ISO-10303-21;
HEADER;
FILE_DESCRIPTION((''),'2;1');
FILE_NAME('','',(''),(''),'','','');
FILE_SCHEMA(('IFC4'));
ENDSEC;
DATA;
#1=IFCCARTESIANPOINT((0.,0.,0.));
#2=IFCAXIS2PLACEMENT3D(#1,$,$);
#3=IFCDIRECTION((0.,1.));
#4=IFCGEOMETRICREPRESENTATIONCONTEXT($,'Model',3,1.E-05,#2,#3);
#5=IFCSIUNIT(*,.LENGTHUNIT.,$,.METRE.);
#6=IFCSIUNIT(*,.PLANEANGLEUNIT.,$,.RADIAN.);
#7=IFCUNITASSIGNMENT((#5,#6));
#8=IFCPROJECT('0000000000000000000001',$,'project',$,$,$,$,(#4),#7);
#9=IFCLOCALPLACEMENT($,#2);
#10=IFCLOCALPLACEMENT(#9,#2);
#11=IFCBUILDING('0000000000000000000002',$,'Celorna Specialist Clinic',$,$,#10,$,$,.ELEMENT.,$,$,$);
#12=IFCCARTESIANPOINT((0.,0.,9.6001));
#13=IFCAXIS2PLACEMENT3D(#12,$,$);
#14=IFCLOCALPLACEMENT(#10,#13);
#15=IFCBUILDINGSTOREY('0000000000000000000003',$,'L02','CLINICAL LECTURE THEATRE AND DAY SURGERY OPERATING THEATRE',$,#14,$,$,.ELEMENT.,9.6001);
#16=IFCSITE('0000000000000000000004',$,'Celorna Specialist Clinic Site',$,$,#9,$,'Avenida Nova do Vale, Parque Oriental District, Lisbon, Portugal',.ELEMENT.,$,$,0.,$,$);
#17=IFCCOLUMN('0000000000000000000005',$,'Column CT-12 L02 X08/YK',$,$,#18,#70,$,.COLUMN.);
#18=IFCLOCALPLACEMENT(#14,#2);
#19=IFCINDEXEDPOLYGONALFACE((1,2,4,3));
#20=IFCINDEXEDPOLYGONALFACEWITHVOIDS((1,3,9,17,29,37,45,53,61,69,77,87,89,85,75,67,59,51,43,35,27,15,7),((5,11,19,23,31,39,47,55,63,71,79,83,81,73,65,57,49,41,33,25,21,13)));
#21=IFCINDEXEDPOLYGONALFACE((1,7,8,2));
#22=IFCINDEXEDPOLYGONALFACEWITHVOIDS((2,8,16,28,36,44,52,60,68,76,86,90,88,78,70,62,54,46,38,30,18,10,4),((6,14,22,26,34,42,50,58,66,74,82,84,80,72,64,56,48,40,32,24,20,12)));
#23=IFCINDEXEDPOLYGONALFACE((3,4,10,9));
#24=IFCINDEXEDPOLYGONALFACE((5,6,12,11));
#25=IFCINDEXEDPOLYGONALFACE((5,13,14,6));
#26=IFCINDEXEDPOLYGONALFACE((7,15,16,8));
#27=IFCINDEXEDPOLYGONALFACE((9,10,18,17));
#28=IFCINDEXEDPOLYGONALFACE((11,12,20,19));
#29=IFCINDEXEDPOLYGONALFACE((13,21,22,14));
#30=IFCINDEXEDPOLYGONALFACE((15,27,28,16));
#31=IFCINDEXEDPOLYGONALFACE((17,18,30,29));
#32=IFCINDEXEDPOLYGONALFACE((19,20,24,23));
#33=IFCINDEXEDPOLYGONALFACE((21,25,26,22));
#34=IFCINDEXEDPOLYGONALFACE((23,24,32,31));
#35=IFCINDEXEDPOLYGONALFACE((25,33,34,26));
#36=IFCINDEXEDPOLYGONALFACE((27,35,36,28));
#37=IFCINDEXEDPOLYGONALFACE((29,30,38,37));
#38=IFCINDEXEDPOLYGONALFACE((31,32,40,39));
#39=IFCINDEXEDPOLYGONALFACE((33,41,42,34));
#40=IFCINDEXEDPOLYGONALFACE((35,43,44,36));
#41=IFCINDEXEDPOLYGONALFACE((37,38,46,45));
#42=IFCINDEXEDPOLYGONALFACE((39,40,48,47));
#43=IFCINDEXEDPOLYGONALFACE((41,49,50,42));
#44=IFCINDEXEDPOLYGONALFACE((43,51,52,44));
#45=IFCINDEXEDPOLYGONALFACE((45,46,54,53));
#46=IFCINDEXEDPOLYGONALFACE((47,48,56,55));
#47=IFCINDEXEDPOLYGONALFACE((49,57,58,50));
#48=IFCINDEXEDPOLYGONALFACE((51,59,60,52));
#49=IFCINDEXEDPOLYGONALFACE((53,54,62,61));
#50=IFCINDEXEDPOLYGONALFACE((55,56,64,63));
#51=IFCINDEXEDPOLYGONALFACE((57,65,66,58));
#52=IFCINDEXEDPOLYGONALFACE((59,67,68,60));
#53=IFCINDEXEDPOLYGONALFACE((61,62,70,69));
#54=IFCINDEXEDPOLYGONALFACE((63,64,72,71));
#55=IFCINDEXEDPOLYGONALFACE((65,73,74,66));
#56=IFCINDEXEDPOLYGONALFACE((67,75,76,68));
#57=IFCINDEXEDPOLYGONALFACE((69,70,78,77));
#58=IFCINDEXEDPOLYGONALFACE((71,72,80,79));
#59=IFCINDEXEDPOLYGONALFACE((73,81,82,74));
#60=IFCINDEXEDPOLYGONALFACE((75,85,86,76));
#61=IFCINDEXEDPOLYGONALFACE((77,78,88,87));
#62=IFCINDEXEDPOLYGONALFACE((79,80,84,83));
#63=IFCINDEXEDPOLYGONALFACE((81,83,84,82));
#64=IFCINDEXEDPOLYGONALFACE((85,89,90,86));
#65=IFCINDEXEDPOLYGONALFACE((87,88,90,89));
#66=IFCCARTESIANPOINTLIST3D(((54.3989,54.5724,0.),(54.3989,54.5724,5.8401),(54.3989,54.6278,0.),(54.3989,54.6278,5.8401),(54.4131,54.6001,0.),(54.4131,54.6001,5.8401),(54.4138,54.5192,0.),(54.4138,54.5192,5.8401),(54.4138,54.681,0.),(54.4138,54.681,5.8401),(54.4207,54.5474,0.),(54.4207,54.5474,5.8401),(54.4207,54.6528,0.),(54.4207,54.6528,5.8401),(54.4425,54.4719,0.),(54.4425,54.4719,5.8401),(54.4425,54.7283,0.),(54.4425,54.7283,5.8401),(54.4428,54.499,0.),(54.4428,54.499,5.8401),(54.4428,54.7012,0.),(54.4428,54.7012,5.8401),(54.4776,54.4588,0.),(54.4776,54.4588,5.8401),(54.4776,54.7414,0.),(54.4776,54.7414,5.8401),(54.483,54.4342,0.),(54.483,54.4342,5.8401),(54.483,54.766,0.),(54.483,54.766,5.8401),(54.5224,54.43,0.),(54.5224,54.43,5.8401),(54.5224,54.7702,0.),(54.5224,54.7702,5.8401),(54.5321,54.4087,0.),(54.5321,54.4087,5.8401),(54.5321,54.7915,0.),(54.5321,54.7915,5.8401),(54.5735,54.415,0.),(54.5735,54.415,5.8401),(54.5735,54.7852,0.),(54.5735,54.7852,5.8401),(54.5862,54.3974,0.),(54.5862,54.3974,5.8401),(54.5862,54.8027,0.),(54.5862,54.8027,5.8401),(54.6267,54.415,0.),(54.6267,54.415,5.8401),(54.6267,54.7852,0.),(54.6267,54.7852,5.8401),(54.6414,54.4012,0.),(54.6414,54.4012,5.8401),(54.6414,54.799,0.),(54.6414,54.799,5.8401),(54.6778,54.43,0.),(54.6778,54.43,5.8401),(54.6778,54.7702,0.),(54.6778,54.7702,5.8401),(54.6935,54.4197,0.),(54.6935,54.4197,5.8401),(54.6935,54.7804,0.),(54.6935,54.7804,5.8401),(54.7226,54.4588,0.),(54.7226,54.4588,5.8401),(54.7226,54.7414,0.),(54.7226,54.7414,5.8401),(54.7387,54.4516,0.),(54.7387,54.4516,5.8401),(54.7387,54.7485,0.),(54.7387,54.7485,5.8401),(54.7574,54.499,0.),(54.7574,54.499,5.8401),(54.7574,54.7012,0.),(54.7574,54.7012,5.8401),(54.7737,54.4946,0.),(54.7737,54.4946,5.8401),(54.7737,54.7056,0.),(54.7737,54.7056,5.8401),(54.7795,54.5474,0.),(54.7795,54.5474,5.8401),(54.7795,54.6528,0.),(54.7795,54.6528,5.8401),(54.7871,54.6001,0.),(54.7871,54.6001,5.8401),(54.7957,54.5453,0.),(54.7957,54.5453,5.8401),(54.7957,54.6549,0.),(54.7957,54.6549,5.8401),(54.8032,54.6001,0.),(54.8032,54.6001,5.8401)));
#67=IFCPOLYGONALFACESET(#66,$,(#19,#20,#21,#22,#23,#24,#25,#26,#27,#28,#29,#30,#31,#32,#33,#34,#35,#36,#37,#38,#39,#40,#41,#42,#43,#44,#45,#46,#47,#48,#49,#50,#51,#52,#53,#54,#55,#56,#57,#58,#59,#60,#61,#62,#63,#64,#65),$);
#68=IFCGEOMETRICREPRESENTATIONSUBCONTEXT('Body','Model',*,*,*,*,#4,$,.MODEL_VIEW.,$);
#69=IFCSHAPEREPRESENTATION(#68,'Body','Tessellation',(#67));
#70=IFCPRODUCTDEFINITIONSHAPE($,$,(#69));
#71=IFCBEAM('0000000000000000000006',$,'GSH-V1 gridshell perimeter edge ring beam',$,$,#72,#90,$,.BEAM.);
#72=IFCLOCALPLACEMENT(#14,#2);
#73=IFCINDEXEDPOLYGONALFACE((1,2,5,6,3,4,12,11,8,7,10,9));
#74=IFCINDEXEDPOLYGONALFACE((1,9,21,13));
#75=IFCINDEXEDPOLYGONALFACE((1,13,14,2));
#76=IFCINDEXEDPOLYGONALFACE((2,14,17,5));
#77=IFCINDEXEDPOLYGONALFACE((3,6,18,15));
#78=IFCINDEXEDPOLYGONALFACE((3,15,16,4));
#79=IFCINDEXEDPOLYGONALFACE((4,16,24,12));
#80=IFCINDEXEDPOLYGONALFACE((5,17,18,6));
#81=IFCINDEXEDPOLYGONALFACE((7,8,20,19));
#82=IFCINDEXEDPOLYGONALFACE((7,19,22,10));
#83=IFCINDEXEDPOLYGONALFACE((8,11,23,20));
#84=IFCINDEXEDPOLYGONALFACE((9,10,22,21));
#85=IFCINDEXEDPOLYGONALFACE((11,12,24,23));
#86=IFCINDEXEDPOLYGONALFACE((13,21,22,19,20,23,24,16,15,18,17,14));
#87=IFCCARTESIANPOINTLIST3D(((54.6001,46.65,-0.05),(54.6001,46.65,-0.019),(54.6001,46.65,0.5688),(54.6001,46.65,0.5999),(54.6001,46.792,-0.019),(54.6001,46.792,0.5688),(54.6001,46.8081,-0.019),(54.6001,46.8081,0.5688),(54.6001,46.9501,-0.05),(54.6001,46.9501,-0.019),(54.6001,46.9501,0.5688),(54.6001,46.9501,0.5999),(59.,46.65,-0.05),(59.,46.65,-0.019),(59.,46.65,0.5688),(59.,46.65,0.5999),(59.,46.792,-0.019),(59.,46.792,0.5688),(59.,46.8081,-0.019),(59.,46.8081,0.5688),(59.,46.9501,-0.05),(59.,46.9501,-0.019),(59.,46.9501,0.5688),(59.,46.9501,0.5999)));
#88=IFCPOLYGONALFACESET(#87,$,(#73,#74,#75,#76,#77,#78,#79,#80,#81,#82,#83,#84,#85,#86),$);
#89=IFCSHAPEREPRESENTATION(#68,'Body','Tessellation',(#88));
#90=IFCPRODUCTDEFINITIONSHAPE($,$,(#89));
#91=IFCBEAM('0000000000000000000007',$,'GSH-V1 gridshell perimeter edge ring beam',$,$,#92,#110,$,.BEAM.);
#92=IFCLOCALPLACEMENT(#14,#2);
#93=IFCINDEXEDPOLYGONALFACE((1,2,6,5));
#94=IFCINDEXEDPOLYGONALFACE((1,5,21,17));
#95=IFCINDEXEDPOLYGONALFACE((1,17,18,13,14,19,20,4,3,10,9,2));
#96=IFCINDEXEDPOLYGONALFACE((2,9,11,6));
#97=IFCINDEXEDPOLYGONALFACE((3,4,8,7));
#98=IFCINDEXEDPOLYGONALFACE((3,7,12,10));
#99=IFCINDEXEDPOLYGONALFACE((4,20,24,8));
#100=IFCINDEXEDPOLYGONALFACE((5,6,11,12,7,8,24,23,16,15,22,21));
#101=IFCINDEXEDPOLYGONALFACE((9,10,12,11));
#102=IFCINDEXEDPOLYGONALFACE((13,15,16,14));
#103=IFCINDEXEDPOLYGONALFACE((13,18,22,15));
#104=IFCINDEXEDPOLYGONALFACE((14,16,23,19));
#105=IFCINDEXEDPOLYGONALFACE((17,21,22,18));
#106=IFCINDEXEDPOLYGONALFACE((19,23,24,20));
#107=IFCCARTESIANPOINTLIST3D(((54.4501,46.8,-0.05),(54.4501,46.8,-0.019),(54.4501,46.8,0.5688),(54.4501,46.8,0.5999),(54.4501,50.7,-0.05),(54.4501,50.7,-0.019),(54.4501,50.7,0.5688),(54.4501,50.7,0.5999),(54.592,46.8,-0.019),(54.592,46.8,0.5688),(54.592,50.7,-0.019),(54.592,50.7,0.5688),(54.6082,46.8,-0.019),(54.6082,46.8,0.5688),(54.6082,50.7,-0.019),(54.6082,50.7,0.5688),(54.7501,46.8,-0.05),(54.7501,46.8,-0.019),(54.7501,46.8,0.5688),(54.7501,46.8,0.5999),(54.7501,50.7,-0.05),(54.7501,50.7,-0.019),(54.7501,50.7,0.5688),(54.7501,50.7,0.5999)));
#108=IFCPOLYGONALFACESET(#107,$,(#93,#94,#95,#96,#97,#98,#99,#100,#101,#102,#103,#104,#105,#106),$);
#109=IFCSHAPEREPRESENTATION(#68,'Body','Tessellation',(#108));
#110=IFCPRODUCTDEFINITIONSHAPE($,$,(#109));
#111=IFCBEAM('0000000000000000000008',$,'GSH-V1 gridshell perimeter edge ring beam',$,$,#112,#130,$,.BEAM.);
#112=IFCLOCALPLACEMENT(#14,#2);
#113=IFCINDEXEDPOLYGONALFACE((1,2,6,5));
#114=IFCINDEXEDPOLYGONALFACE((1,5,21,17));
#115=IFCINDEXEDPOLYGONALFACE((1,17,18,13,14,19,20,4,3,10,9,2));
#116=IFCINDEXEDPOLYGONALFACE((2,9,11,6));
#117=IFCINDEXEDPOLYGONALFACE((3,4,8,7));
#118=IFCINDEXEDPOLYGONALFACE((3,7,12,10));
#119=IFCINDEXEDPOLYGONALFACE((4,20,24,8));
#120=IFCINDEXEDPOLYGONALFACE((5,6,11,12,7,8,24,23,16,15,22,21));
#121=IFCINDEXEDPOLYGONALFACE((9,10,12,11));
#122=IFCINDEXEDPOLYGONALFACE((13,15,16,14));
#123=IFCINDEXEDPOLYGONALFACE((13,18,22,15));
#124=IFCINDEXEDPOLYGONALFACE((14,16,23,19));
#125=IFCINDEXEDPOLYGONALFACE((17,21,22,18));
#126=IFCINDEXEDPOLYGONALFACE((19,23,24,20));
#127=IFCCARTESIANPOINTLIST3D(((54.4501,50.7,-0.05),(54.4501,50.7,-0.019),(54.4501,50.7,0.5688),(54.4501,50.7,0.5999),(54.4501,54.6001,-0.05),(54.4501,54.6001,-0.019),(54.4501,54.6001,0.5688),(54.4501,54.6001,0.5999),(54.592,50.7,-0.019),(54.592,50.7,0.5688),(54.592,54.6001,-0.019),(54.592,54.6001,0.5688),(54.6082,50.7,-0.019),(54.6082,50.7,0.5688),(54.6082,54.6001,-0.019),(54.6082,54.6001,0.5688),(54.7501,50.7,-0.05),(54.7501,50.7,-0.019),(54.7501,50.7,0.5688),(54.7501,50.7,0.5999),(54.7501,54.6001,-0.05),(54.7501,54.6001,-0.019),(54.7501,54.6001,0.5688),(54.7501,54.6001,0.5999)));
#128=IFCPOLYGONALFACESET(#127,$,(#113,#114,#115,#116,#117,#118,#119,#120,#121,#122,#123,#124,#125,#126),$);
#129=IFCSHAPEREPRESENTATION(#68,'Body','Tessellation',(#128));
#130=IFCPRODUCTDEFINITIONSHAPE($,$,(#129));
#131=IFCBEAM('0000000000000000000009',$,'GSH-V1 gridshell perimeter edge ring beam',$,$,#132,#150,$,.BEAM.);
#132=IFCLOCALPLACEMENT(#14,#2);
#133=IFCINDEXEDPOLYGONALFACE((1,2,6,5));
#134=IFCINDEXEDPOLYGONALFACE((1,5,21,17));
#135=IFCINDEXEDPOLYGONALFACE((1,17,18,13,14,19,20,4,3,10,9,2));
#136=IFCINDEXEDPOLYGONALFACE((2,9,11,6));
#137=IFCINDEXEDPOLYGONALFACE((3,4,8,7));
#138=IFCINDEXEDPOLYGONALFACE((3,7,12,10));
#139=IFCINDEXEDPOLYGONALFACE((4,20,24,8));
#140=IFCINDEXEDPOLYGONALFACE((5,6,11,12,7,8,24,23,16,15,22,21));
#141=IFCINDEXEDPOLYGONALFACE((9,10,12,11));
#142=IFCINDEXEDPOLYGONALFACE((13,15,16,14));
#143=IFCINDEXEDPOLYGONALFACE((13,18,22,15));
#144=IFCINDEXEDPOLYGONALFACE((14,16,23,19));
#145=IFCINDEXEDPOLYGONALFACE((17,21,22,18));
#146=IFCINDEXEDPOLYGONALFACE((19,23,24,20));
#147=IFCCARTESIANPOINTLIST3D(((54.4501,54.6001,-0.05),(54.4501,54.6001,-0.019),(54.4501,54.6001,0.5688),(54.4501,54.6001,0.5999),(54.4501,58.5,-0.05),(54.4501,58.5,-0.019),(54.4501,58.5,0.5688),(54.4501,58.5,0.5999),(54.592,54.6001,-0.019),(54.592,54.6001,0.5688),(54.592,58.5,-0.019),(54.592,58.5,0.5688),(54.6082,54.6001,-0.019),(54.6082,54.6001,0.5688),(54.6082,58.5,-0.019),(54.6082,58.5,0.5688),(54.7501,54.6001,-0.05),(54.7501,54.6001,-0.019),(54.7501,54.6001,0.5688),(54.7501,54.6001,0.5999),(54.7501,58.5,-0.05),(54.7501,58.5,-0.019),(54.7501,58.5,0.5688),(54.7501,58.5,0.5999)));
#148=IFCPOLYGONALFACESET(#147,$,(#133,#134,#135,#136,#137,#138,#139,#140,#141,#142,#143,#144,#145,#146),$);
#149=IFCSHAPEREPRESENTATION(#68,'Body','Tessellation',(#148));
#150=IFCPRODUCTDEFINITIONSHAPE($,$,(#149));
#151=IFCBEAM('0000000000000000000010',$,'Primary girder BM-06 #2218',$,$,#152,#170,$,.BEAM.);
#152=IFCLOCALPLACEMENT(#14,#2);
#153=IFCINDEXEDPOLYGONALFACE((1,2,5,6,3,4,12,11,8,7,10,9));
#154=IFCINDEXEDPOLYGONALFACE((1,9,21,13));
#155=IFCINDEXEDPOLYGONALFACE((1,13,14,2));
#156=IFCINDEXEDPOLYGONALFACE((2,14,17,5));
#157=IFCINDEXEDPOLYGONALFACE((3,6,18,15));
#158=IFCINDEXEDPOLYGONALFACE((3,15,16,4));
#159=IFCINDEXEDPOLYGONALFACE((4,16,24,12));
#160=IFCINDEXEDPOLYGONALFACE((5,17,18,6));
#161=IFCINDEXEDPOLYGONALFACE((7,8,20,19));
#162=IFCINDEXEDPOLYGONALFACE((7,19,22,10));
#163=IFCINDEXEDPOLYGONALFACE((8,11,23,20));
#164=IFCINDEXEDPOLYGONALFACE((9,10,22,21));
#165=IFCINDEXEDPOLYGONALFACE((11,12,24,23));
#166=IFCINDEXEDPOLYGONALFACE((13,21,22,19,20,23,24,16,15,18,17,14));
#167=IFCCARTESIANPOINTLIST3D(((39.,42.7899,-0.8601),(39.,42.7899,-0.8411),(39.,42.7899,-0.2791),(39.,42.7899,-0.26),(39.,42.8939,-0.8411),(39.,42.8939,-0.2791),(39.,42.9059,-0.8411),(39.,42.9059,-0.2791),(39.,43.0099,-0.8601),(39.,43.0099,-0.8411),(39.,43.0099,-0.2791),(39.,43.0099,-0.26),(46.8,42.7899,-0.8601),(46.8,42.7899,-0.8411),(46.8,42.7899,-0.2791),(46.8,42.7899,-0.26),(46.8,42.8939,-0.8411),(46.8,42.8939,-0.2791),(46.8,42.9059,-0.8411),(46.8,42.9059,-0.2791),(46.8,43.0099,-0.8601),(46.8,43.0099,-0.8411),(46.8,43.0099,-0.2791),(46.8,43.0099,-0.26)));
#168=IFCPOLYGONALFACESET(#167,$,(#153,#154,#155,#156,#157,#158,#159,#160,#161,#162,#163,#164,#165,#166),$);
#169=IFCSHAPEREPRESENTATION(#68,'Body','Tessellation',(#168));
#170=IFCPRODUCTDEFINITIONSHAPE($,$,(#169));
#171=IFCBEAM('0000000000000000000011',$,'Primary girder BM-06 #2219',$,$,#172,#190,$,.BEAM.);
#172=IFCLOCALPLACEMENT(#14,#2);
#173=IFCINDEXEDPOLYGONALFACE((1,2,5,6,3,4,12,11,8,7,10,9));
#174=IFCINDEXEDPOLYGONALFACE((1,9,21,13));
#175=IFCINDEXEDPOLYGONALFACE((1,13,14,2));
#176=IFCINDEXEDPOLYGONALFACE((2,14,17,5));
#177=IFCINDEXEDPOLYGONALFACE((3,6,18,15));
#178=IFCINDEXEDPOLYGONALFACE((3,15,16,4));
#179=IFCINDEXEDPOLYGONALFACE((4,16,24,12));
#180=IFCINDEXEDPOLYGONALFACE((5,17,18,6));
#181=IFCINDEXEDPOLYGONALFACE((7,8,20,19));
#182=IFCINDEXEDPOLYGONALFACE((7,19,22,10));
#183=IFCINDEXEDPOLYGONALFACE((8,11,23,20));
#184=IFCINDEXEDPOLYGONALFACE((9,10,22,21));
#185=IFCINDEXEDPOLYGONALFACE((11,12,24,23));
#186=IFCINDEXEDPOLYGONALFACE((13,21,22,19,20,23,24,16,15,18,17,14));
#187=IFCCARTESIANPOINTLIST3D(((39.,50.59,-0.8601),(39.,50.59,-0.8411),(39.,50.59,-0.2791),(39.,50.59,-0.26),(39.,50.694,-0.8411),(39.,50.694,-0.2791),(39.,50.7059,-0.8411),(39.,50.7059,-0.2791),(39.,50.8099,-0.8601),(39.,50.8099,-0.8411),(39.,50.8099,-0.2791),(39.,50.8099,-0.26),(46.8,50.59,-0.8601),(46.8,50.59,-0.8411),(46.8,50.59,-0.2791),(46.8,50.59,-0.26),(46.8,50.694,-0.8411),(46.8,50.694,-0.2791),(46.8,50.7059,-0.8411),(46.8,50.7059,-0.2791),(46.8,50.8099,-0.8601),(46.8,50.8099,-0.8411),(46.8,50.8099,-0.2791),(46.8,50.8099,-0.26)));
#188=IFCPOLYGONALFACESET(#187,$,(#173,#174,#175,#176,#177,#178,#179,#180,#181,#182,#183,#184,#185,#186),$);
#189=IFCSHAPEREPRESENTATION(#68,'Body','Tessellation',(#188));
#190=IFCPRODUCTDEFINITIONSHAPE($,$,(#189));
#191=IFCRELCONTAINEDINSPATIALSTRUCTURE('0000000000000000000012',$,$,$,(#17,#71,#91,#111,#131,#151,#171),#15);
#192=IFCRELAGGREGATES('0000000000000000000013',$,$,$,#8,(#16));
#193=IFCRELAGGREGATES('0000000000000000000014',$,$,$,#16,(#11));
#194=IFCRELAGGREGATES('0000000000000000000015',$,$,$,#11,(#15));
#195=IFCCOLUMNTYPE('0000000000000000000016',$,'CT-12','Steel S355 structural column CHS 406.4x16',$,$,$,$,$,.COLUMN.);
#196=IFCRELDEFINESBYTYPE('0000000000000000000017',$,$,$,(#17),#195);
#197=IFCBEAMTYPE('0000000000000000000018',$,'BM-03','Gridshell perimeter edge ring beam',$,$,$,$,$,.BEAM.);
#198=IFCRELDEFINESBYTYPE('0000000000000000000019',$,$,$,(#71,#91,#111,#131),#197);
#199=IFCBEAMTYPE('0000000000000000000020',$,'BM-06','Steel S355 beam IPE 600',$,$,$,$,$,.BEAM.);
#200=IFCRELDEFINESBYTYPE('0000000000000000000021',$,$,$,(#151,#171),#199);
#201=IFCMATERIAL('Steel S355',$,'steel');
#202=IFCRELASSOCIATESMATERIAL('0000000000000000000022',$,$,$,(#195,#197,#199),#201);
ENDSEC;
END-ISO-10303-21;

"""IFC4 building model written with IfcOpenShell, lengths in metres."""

from ifc_helpers import new_model, si_unit, direction, frame, origin, origin_2d, place, context, subcontext, project, spatial, hollow_circle, i_section, extrude, material, material_profile, profile_set, type_object, element, save


model = new_model("IFC4")

# Units and contexts
model_context = context("Model", 3, precision=1e-05, world=origin(), true_north=direction((0.0, 1.0)))
body_context = subcontext(model_context, "Body", "Model", "MODEL_VIEW")
ifc_project = project(units=[si_unit("LENGTHUNIT", "METRE"), si_unit("PLANEANGLEUNIT", "RADIAN")], contexts=[model_context])

# Site, building, storey
site_placement = place(None, origin())
site = spatial("IfcSite", under=ifc_project, at=site_placement, Name="Celorna Specialist Clinic Site", LongName="Avenida Nova do Vale, Parque Oriental District, Lisbon, Portugal", CompositionType="ELEMENT", RefElevation=0.0)
building_placement = place(site_placement, origin())
building = spatial("IfcBuilding", under=site, at=building_placement, Name="Celorna Specialist Clinic", CompositionType="ELEMENT")
storey_placement = place(building_placement, frame((0.0, 0.0, 9.6001)))
storey = spatial("IfcBuildingStorey", under=building, at=storey_placement, Name="L02", Description="CLINICAL LECTURE THEATRE AND DAY SURGERY OPERATING THEATRE", CompositionType="ELEMENT", Elevation=9.6001)

# Column
ifc_material_1 = material(Name="Steel S355", Category="steel")
ifc_material_profile_1 = material_profile(ifc_material_1, hollow_circle(Radius=0.2031, WallThickness=0.0161, at=origin_2d()), Name="CHS 406.4x16")
ifc_profile_set_1 = profile_set([ifc_material_profile_1], Name="Steel S355")
column_type_1 = type_object("IfcColumnType", Name="CT-12", Description="Steel S355 structural column CHS 406.4x16", PredefinedType="COLUMN", material=ifc_profile_set_1)
column_1_placement = place(storey_placement, frame((54.6001, 54.6001, 0.0), z_axis=(0.0, 0.0, 1.0), x_axis=(1.0, 0.0, 0.0)))
element("IfcColumn", 1, at=column_1_placement, inside=storey, type_object=column_type_1, Name="Column CT-12 L02 X08/YK", PredefinedType="COLUMN", context=body_context, shape_type="SweptSolid", body=[
    extrude(hollow_circle(Radius=0.2031, WallThickness=0.0161, at=origin_2d()), origin(), (0.0, 0.0, 1.0), 5.8401),
])

# Beams
ifc_material_profile_2 = material_profile(ifc_material_1, i_section(OverallWidth=0.3, OverallDepth=0.6499, WebThickness=0.0161, FlangeThickness=0.031, at=origin_2d()), Name="HE 650 B")
ifc_profile_set_2 = profile_set([ifc_material_profile_2], Name="Steel S355")
beam_type_1 = type_object("IfcBeamType", Name="BM-03", Description="Gridshell perimeter edge ring beam", PredefinedType="BEAM", material=ifc_profile_set_2)
beam_1_placement = place(storey_placement, frame((54.6001, 46.8, 0.2749), z_axis=(1.0, 0.0, 0.0), x_axis=(0.0, 1.0, 0.0)))
element("IfcBeam", 2, at=beam_1_placement, inside=storey, type_object=beam_type_1, Name="GSH-V1 gridshell perimeter edge ring beam", PredefinedType="BEAM", context=body_context, shape_type="SweptSolid", body=[
    extrude(i_section(OverallWidth=0.3, OverallDepth=0.6499, WebThickness=0.0161, FlangeThickness=0.031, at=origin_2d()), origin(), (0.0, 0.0, 1.0), 4.3999),
])
beam_2_placement = place(storey_placement, frame((54.6001, 46.8, 0.2749), z_axis=(0.0, 1.0, 0.0), x_axis=(-1.0, 0.0, 0.0)))
element("IfcBeam", 3, at=beam_2_placement, inside=storey, type_object=beam_type_1, Name="GSH-V1 gridshell perimeter edge ring beam", PredefinedType="BEAM", context=body_context, shape_type="SweptSolid", body=[
    extrude(i_section(OverallWidth=0.3, OverallDepth=0.6499, WebThickness=0.0161, FlangeThickness=0.031, at=origin_2d()), origin(), (0.0, 0.0, 1.0), 3.8999),
])
beam_3_placement = place(storey_placement, frame((54.6001, 50.7, 0.2749), z_axis=(0.0, 1.0, 0.0), x_axis=(-1.0, 0.0, 0.0)))
element("IfcBeam", 4, at=beam_3_placement, inside=storey, type_object=beam_type_1, Name="GSH-V1 gridshell perimeter edge ring beam", PredefinedType="BEAM", context=body_context, shape_type="SweptSolid", body=[
    extrude(i_section(OverallWidth=0.3, OverallDepth=0.6499, WebThickness=0.0161, FlangeThickness=0.031, at=origin_2d()), origin(), (0.0, 0.0, 1.0), 3.9001),
])
beam_4_placement = place(storey_placement, frame((54.6001, 54.6001, 0.2749), z_axis=(0.0, 1.0, 0.0), x_axis=(-1.0, 0.0, 0.0)))
element("IfcBeam", 5, at=beam_4_placement, inside=storey, type_object=beam_type_1, Name="GSH-V1 gridshell perimeter edge ring beam", PredefinedType="BEAM", context=body_context, shape_type="SweptSolid", body=[
    extrude(i_section(OverallWidth=0.3, OverallDepth=0.6499, WebThickness=0.0161, FlangeThickness=0.031, at=origin_2d()), origin(), (0.0, 0.0, 1.0), 3.8999),
])
ifc_material_profile_3 = material_profile(ifc_material_1, i_section(OverallWidth=0.22, OverallDepth=0.6001, WebThickness=0.012, FlangeThickness=0.019, at=origin_2d()), Name="IPE 600")
ifc_profile_set_3 = profile_set([ifc_material_profile_3], Name="Steel S355")
beam_type_2 = type_object("IfcBeamType", Name="BM-06", Description="Steel S355 beam IPE 600", PredefinedType="BEAM", material=ifc_profile_set_3)
for number, where, z_axis, x_axis, name in (
    (6, (39.0, 42.8999, -0.5601), (1.0, 0.0, 0.0), (0.0, 1.0, 0.0), "Primary girder BM-06 #2218"),
    (7, (39.0, 50.7, -0.5601), (1.0, 0.0, 0.0), (0.0, 1.0, 0.0), "Primary girder BM-06 #2219"),
):
    element("IfcBeam", number, at=place(storey_placement, frame(where, z_axis=z_axis, x_axis=x_axis)), inside=storey, type_object=beam_type_2, Name=name, PredefinedType="BEAM", context=body_context, shape_type="SweptSolid", body=[
        extrude(i_section(OverallWidth=0.22, OverallDepth=0.6001, WebThickness=0.012, FlangeThickness=0.019, at=origin_2d()), origin(), (0.0, 0.0, 1.0), 7.8),
    ])

save(model, "model.ifc")
